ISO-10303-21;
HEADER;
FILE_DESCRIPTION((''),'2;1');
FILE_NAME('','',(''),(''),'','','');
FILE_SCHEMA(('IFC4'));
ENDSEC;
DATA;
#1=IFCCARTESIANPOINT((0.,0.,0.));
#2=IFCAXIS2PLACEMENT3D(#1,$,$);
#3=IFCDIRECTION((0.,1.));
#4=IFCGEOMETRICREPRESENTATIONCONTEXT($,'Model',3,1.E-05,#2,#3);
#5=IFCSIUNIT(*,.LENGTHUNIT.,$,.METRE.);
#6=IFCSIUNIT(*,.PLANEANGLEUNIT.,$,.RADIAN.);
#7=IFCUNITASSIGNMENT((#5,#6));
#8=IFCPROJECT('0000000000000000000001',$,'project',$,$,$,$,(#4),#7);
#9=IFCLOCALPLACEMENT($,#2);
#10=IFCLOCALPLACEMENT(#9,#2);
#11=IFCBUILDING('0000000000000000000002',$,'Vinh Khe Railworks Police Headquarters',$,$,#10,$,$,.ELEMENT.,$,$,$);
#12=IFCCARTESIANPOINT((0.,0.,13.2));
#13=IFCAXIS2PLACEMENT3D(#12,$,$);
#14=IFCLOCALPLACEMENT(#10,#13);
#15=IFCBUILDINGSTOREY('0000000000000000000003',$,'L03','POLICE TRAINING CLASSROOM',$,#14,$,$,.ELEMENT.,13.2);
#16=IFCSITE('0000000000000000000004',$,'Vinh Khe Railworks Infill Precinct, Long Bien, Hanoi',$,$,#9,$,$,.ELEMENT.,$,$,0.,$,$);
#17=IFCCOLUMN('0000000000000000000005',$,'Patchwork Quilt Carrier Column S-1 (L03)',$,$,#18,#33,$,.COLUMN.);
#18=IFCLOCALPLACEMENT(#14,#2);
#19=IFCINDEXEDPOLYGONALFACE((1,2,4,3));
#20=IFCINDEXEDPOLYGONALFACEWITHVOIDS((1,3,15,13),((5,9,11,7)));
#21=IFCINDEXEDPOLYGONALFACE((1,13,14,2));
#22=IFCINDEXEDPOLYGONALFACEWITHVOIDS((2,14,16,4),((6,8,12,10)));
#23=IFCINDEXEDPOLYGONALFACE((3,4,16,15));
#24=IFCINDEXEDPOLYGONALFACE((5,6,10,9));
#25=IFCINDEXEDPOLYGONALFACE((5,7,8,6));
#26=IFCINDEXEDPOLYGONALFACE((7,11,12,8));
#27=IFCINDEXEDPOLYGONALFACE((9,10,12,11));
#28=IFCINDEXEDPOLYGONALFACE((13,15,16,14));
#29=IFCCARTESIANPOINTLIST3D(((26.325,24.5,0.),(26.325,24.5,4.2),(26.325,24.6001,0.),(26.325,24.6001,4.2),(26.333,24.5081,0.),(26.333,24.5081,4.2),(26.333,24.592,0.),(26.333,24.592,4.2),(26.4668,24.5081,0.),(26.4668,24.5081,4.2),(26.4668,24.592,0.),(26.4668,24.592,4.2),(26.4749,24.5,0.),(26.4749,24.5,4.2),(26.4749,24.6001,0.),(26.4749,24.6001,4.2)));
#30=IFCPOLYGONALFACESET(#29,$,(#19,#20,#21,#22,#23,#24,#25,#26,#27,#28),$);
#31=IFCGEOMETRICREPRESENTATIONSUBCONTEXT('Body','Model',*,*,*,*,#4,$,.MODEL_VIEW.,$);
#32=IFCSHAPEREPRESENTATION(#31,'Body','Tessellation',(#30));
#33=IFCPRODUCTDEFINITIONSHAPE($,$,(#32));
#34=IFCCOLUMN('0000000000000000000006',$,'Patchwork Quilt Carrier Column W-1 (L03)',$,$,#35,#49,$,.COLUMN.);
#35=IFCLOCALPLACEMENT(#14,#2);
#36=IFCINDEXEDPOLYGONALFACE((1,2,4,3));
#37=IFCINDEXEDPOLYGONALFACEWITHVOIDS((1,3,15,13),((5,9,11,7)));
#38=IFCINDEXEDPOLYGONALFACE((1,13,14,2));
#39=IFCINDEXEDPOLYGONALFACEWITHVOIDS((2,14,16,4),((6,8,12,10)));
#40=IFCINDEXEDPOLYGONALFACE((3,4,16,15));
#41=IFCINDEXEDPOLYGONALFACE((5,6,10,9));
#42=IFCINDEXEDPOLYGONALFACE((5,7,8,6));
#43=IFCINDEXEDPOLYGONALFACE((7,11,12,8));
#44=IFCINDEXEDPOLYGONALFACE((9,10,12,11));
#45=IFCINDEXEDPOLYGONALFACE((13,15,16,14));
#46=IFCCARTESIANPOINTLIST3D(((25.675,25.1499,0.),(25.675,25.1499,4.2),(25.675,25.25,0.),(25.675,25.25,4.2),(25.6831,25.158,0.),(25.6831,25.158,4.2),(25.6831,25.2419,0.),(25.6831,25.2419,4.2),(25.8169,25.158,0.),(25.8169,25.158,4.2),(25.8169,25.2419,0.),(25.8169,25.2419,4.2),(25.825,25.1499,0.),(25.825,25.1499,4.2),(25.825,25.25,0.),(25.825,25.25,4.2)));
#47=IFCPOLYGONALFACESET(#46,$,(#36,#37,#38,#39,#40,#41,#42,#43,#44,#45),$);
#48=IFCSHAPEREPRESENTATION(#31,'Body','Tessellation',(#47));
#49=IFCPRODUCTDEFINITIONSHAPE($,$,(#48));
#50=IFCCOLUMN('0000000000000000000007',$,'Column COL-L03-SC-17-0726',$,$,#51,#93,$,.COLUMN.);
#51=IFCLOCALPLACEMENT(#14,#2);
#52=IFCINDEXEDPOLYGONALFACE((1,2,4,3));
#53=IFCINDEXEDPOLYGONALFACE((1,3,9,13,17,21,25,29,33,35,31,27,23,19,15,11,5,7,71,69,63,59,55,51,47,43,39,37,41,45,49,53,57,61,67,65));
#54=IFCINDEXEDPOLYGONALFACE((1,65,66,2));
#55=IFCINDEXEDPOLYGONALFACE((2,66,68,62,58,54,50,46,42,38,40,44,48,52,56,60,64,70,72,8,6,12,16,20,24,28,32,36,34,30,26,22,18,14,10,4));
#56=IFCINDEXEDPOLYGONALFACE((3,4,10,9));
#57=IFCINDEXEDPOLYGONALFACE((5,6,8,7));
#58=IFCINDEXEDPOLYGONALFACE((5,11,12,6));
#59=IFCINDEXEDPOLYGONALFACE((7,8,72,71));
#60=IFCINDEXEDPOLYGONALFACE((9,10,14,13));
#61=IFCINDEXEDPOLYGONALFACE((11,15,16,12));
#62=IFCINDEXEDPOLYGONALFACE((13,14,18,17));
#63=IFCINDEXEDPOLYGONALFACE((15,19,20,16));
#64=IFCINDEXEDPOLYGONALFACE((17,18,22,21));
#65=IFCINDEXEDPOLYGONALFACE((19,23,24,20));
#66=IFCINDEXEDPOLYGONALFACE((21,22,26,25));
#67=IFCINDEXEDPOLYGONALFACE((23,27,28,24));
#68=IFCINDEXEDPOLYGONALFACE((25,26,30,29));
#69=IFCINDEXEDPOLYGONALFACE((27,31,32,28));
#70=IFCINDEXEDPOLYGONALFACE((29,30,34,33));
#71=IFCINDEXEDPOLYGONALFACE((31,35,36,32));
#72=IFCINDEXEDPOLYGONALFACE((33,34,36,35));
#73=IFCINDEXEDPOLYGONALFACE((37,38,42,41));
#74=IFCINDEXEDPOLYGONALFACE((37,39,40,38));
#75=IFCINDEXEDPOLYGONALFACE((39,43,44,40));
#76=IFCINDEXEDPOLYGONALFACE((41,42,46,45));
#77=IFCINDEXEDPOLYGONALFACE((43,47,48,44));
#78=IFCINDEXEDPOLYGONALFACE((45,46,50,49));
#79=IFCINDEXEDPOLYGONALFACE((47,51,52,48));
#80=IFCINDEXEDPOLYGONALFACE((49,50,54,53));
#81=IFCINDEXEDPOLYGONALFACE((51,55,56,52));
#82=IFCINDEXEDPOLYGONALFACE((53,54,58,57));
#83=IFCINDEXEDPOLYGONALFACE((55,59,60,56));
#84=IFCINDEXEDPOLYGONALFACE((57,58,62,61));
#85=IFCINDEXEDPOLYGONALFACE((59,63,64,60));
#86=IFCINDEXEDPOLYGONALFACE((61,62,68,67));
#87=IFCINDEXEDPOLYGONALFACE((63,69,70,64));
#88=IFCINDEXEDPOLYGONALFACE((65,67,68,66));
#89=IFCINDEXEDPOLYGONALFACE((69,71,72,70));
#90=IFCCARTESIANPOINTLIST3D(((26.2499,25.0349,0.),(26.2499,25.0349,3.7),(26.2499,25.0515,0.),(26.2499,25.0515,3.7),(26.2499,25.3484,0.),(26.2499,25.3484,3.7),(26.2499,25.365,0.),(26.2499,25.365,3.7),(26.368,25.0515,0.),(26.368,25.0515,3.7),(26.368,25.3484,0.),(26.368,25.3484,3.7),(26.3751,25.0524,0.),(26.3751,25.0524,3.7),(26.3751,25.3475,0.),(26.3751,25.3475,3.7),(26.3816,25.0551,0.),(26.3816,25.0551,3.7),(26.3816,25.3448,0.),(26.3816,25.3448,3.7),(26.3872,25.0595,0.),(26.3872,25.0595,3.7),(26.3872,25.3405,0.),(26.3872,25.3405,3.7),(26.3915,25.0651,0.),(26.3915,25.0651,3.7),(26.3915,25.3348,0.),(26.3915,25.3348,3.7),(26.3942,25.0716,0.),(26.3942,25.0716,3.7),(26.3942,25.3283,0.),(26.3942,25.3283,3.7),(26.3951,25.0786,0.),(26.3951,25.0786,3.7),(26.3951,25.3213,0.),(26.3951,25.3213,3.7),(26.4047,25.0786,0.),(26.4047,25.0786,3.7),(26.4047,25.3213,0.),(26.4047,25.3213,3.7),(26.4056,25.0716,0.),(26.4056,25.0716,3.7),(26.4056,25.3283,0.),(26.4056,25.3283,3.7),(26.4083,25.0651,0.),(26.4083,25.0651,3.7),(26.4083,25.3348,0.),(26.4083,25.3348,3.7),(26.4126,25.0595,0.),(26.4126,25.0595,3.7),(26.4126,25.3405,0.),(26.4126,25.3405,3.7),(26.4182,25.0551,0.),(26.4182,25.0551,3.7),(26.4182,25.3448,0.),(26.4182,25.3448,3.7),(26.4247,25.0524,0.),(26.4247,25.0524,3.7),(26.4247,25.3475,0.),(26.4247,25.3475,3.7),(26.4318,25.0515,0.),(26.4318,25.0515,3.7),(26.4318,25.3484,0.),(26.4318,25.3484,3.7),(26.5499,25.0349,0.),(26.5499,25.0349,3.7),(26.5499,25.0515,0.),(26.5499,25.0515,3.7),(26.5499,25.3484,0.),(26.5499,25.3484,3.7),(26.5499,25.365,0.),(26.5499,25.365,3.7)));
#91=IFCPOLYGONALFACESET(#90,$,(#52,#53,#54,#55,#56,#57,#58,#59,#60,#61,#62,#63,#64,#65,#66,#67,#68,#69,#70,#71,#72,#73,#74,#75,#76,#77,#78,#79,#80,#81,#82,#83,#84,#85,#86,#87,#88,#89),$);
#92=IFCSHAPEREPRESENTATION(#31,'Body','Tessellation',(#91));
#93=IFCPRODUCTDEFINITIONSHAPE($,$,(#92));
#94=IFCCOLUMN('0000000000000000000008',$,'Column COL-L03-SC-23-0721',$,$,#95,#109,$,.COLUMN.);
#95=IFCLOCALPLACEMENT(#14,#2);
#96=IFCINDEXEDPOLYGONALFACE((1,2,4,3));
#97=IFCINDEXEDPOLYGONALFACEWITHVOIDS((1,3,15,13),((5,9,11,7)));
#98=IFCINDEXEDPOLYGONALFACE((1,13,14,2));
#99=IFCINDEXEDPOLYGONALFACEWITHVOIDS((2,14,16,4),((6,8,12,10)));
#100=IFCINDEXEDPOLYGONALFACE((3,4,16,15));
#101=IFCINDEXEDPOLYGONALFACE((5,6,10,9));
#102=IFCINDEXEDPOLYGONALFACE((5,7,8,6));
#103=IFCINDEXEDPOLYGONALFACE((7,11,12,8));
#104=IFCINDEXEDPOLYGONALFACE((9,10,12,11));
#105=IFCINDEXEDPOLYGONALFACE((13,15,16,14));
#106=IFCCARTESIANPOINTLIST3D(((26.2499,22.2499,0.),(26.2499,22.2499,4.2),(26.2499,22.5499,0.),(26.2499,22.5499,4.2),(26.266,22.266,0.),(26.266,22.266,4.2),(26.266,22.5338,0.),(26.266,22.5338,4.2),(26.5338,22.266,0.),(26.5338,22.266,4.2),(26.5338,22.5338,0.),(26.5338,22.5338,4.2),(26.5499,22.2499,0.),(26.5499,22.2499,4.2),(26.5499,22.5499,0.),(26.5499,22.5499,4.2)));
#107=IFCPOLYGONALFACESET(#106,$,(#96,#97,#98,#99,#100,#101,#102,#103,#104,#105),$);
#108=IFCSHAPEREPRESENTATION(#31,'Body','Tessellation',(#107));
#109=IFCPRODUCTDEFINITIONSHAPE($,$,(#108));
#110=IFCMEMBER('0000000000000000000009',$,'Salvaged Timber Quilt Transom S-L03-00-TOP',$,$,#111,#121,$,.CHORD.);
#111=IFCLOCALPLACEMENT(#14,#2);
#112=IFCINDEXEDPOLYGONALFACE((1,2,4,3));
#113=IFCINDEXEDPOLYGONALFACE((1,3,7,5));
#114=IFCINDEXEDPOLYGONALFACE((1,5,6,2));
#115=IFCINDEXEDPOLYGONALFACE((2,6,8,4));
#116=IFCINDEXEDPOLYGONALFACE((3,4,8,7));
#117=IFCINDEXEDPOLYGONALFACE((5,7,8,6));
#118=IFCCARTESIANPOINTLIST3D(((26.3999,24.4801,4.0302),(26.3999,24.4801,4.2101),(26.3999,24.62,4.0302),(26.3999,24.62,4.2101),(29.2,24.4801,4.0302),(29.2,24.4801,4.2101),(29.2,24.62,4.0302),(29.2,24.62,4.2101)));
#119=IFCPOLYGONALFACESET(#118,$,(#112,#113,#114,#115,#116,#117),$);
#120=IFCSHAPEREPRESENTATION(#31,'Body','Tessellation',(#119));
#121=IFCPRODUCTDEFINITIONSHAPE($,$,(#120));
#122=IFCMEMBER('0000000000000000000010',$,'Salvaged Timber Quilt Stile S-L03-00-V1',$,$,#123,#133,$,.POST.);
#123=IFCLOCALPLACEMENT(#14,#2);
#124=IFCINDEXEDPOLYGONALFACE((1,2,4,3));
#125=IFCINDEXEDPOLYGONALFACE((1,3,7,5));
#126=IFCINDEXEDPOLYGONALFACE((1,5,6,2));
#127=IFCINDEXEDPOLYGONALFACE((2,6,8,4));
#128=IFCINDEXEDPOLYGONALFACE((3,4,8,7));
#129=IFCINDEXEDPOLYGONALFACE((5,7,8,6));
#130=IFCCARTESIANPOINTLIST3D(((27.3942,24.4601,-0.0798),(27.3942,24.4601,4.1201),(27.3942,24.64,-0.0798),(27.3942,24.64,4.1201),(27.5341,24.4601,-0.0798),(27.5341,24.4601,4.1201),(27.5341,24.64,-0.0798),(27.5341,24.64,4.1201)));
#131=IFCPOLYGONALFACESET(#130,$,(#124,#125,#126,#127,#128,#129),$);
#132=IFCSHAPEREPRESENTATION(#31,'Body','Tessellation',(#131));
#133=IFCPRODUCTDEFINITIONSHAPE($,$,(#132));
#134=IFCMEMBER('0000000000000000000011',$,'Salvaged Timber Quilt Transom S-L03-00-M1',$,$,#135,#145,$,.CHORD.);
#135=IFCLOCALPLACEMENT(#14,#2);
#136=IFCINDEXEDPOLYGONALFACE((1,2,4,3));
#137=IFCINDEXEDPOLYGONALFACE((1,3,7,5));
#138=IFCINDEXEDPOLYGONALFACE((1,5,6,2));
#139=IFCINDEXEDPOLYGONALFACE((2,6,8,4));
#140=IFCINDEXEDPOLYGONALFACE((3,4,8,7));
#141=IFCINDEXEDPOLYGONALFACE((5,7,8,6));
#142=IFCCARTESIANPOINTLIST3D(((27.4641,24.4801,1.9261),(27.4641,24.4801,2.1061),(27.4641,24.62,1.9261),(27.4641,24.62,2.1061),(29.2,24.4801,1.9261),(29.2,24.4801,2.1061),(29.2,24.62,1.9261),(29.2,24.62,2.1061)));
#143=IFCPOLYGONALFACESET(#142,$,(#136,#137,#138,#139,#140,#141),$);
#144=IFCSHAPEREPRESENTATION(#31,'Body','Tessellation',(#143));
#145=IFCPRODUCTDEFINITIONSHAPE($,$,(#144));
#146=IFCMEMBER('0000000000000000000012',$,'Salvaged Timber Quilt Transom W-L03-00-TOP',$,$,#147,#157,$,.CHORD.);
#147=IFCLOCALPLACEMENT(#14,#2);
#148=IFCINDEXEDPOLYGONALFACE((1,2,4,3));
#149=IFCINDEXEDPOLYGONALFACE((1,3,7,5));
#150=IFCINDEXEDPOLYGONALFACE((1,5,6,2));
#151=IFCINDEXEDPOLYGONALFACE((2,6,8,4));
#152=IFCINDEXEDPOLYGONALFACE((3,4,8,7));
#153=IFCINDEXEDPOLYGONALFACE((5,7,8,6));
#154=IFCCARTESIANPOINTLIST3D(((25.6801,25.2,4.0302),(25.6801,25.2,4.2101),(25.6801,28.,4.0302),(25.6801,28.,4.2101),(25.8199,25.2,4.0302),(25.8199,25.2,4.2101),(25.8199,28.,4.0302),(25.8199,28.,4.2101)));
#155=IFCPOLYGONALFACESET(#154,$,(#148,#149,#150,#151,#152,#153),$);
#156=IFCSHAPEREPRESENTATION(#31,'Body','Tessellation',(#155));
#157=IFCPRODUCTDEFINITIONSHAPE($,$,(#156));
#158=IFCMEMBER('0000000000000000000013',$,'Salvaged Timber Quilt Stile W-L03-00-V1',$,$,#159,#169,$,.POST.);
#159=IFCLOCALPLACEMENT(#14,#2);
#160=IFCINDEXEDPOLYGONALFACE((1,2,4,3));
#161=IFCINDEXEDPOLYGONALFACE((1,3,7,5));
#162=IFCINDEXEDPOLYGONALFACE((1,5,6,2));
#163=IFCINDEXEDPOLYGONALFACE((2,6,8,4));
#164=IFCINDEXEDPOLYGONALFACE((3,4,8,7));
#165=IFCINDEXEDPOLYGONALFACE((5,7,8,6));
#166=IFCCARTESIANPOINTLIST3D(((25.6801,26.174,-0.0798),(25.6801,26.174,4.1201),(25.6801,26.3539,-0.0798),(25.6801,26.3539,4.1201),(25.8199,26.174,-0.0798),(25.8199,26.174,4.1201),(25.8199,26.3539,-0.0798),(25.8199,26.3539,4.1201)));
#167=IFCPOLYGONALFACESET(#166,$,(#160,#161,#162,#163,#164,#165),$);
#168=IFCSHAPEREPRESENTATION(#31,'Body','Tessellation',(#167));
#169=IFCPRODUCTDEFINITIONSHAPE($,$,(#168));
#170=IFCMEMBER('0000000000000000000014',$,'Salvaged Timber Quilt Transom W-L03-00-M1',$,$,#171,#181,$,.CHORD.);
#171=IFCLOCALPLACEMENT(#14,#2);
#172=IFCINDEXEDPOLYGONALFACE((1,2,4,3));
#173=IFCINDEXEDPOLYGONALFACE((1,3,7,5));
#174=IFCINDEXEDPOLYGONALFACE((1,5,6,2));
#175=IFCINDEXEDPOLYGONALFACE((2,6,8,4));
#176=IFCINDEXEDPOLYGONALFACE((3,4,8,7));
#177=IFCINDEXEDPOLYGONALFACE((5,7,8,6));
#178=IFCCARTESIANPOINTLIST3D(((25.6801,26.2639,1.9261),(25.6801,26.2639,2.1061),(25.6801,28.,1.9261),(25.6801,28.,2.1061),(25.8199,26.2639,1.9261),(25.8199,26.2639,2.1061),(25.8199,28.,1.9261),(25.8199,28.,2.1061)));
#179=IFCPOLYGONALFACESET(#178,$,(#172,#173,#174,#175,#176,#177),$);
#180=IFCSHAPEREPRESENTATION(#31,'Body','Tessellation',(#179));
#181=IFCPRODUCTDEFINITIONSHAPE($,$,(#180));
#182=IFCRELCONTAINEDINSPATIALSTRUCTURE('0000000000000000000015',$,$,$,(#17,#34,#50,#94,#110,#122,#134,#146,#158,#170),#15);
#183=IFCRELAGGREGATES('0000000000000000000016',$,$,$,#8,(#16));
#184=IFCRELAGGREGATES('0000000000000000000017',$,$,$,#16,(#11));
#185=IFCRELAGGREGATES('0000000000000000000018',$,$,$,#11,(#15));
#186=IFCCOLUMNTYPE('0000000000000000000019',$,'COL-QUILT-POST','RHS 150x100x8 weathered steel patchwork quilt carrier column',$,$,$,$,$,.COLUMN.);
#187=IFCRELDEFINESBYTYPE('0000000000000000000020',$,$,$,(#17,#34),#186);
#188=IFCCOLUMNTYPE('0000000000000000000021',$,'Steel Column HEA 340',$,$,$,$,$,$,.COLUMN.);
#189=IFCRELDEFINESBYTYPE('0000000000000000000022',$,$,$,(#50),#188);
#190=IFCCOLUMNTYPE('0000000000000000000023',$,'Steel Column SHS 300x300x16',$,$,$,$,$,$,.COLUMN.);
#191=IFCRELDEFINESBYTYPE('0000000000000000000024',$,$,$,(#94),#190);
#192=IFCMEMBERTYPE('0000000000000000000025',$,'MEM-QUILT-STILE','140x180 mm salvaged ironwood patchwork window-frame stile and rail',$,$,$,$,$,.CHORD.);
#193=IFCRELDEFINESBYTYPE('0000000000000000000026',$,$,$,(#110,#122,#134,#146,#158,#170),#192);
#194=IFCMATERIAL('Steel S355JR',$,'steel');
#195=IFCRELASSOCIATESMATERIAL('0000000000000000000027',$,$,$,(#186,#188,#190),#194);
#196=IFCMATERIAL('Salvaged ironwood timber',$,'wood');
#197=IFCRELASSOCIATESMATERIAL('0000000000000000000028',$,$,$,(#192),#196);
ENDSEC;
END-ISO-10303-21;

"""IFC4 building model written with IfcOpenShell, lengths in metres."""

from ifc_helpers import new_model, si_unit, direction, frame, origin, origin_2d, place, context, subcontext, project, spatial, rectangle, hollow_rectangle, i_section, extrude, material, material_profile, profile_set, type_object, element, save


model = new_model("IFC4")

# Units and contexts
model_context = context("Model", 3, precision=1e-05, world=origin(), true_north=direction((0.0, 1.0)))
body_context = subcontext(model_context, "Body", "Model", "MODEL_VIEW")
ifc_project = project(units=[si_unit("LENGTHUNIT", "METRE"), si_unit("PLANEANGLEUNIT", "RADIAN")], contexts=[model_context])

# Site, building, storey
site_placement = place(None, origin())
site = spatial("IfcSite", under=ifc_project, at=site_placement, Name="Vinh Khe Railworks Infill Precinct, Long Bien, Hanoi", CompositionType="ELEMENT", RefElevation=0.0)
building_placement = place(site_placement, origin())
building = spatial("IfcBuilding", under=site, at=building_placement, Name="Vinh Khe Railworks Police Headquarters", CompositionType="ELEMENT")
storey_placement = place(building_placement, frame((0.0, 0.0, 13.2)))
storey = spatial("IfcBuildingStorey", under=building, at=storey_placement, Name="L03", Description="POLICE TRAINING CLASSROOM", CompositionType="ELEMENT", Elevation=13.2)

# Columns
ifc_material_1 = material(Name="Steel S355JR", Category="steel")
ifc_material_profile_1 = material_profile(ifc_material_1, hollow_rectangle(XDim=0.1499, YDim=0.1001, WallThickness=0.0081, at=origin_2d()), Name="RHS 150x100x8")
ifc_profile_set_1 = profile_set([ifc_material_profile_1], Name="Steel S355JR")
column_type_1 = type_object("IfcColumnType", Name="COL-QUILT-POST", Description="RHS 150x100x8 weathered steel patchwork quilt carrier column", PredefinedType="COLUMN", material=ifc_profile_set_1)
for number, where, z_axis, x_axis, name in (
    (1, (26.3999, 24.55, 0.0), (0.0, 0.0, 1.0), (1.0, 0.0, 0.0), "Patchwork Quilt Carrier Column S-1 (L03)"),
    (2, (25.75, 25.2, 0.0), (0.0, 0.0, 1.0), (1.0, 0.0, 0.0), "Patchwork Quilt Carrier Column W-1 (L03)"),
):
    element("IfcColumn", number, at=place(storey_placement, frame(where, z_axis=z_axis, x_axis=x_axis)), inside=storey, type_object=column_type_1, Name=name, PredefinedType="COLUMN", context=body_context, shape_type="SweptSolid", body=[
        extrude(hollow_rectangle(XDim=0.1499, YDim=0.1001, WallThickness=0.0081, at=origin_2d()), origin(), (0.0, 0.0, 1.0), 4.2),
    ])
ifc_material_profile_2 = material_profile(ifc_material_1, i_section(OverallWidth=0.3, OverallDepth=0.3301, WebThickness=0.0095, FlangeThickness=0.0166, FilletRadius=0.0271, at=origin_2d()), Name="HEA 340")
ifc_profile_set_2 = profile_set([ifc_material_profile_2], Name="Steel S355JR")
column_type_2 = type_object("IfcColumnType", Name="Steel Column HEA 340", PredefinedType="COLUMN", material=ifc_profile_set_2)
column_1_placement = place(storey_placement, frame((26.3999, 25.2, 0.0), z_axis=(0.0, 0.0, 1.0), x_axis=(1.0, 0.0, 0.0)))
element("IfcColumn", 3, at=column_1_placement, inside=storey, type_object=column_type_2, Name="Column COL-L03-SC-17-0726", PredefinedType="COLUMN", context=body_context, shape_type="SweptSolid", body=[
    extrude(i_section(OverallWidth=0.3, OverallDepth=0.3301, WebThickness=0.0095, FlangeThickness=0.0166, FilletRadius=0.0271, at=origin_2d()), origin(), (0.0, 0.0, 1.0), 3.7),
])
ifc_material_profile_3 = material_profile(ifc_material_1, hollow_rectangle(XDim=0.3, YDim=0.3, WallThickness=0.0161, at=origin_2d()), Name="SHS 300x300x16")
ifc_profile_set_3 = profile_set([ifc_material_profile_3], Name="Steel S355JR")
column_type_3 = type_object("IfcColumnType", Name="Steel Column SHS 300x300x16", PredefinedType="COLUMN", material=ifc_profile_set_3)
column_2_placement = place(storey_placement, frame((26.3999, 22.3999, 0.0), z_axis=(0.0, 0.0, 1.0), x_axis=(1.0, 0.0, 0.0)))
element("IfcColumn", 4, at=column_2_placement, inside=storey, type_object=column_type_3, Name="Column COL-L03-SC-23-0721", PredefinedType="COLUMN", context=body_context, shape_type="SweptSolid", body=[
    extrude(hollow_rectangle(XDim=0.3, YDim=0.3, WallThickness=0.0161, at=origin_2d()), origin(), (0.0, 0.0, 1.0), 4.2),
])

# Members
ifc_material_2 = material(Name="Salvaged ironwood timber", Category="wood")
ifc_material_profile_4 = material_profile(ifc_material_2, rectangle(XDim=0.1399, YDim=0.1799, at=origin_2d()), Name="TIMBER 140x180")
ifc_profile_set_4 = profile_set([ifc_material_profile_4], Name="Salvaged ironwood timber")
member_type_1 = type_object("IfcMemberType", Name="MEM-QUILT-STILE", Description="140x180 mm salvaged ironwood patchwork window-frame stile and rail", PredefinedType="CHORD", material=ifc_profile_set_4)
member_1_placement = place(storey_placement, frame((26.3999, 24.55, 4.1201), z_axis=(1.0, 0.0, 0.0), x_axis=(0.0, 1.0, 0.0)))
element("IfcMember", 5, at=member_1_placement, inside=storey, type_object=member_type_1, Name="Salvaged Timber Quilt Transom S-L03-00-TOP", PredefinedType="CHORD", context=body_context, shape_type="SweptSolid", body=[
    extrude(rectangle(XDim=0.1399, YDim=0.1799, at=origin_2d()), origin(), (0.0, 0.0, 1.0), 2.8),
])
member_2_placement = place(storey_placement, frame((27.4641, 24.55, -0.0798), z_axis=(0.0, 0.0, 1.0), x_axis=(1.0, 0.0, 0.0)))
element("IfcMember", 6, at=member_2_placement, inside=storey, type_object=member_type_1, Name="Salvaged Timber Quilt Stile S-L03-00-V1", PredefinedType="POST", context=body_context, shape_type="SweptSolid", body=[
    extrude(rectangle(XDim=0.1399, YDim=0.1799, at=origin_2d()), origin(), (0.0, 0.0, 1.0), 4.2),
])
member_3_placement = place(storey_placement, frame((27.4641, 24.55, 2.0161), z_axis=(1.0, 0.0, 0.0), x_axis=(0.0, 1.0, 0.0)))
element("IfcMember", 7, at=member_3_placement, inside=storey, type_object=member_type_1, Name="Salvaged Timber Quilt Transom S-L03-00-M1", PredefinedType="CHORD", context=body_context, shape_type="SweptSolid", body=[
    extrude(rectangle(XDim=0.1399, YDim=0.1799, at=origin_2d()), origin(), (0.0, 0.0, 1.0), 1.7358),
])
member_4_placement = place(storey_placement, frame((25.75, 25.2, 4.1201), z_axis=(0.0, 1.0, 0.0), x_axis=(-1.0, 0.0, 0.0)))
element("IfcMember", 8, at=member_4_placement, inside=storey, type_object=member_type_1, Name="Salvaged Timber Quilt Transom W-L03-00-TOP", PredefinedType="CHORD", context=body_context, shape_type="SweptSolid", body=[
    extrude(rectangle(XDim=0.1399, YDim=0.1799, at=origin_2d()), origin(), (0.0, 0.0, 1.0), 2.8),
])
member_5_placement = place(storey_placement, frame((25.75, 26.2639, -0.0798), z_axis=(0.0, 0.0, 1.0), x_axis=(1.0, 0.0, 0.0)))
element("IfcMember", 9, at=member_5_placement, inside=storey, type_object=member_type_1, Name="Salvaged Timber Quilt Stile W-L03-00-V1", PredefinedType="POST", context=body_context, shape_type="SweptSolid", body=[
    extrude(rectangle(XDim=0.1399, YDim=0.1799, at=origin_2d()), origin(), (0.0, 0.0, 1.0), 4.2),
])
member_6_placement = place(storey_placement, frame((25.75, 26.2639, 2.0161), z_axis=(0.0, 1.0, 0.0), x_axis=(-1.0, 0.0, 0.0)))
element("IfcMember", 10, at=member_6_placement, inside=storey, type_object=member_type_1, Name="Salvaged Timber Quilt Transom W-L03-00-M1", PredefinedType="CHORD", context=body_context, shape_type="SweptSolid", body=[
    extrude(rectangle(XDim=0.1399, YDim=0.1799, at=origin_2d()), origin(), (0.0, 0.0, 1.0), 1.7361),
])

save(model, "model.ifc")
